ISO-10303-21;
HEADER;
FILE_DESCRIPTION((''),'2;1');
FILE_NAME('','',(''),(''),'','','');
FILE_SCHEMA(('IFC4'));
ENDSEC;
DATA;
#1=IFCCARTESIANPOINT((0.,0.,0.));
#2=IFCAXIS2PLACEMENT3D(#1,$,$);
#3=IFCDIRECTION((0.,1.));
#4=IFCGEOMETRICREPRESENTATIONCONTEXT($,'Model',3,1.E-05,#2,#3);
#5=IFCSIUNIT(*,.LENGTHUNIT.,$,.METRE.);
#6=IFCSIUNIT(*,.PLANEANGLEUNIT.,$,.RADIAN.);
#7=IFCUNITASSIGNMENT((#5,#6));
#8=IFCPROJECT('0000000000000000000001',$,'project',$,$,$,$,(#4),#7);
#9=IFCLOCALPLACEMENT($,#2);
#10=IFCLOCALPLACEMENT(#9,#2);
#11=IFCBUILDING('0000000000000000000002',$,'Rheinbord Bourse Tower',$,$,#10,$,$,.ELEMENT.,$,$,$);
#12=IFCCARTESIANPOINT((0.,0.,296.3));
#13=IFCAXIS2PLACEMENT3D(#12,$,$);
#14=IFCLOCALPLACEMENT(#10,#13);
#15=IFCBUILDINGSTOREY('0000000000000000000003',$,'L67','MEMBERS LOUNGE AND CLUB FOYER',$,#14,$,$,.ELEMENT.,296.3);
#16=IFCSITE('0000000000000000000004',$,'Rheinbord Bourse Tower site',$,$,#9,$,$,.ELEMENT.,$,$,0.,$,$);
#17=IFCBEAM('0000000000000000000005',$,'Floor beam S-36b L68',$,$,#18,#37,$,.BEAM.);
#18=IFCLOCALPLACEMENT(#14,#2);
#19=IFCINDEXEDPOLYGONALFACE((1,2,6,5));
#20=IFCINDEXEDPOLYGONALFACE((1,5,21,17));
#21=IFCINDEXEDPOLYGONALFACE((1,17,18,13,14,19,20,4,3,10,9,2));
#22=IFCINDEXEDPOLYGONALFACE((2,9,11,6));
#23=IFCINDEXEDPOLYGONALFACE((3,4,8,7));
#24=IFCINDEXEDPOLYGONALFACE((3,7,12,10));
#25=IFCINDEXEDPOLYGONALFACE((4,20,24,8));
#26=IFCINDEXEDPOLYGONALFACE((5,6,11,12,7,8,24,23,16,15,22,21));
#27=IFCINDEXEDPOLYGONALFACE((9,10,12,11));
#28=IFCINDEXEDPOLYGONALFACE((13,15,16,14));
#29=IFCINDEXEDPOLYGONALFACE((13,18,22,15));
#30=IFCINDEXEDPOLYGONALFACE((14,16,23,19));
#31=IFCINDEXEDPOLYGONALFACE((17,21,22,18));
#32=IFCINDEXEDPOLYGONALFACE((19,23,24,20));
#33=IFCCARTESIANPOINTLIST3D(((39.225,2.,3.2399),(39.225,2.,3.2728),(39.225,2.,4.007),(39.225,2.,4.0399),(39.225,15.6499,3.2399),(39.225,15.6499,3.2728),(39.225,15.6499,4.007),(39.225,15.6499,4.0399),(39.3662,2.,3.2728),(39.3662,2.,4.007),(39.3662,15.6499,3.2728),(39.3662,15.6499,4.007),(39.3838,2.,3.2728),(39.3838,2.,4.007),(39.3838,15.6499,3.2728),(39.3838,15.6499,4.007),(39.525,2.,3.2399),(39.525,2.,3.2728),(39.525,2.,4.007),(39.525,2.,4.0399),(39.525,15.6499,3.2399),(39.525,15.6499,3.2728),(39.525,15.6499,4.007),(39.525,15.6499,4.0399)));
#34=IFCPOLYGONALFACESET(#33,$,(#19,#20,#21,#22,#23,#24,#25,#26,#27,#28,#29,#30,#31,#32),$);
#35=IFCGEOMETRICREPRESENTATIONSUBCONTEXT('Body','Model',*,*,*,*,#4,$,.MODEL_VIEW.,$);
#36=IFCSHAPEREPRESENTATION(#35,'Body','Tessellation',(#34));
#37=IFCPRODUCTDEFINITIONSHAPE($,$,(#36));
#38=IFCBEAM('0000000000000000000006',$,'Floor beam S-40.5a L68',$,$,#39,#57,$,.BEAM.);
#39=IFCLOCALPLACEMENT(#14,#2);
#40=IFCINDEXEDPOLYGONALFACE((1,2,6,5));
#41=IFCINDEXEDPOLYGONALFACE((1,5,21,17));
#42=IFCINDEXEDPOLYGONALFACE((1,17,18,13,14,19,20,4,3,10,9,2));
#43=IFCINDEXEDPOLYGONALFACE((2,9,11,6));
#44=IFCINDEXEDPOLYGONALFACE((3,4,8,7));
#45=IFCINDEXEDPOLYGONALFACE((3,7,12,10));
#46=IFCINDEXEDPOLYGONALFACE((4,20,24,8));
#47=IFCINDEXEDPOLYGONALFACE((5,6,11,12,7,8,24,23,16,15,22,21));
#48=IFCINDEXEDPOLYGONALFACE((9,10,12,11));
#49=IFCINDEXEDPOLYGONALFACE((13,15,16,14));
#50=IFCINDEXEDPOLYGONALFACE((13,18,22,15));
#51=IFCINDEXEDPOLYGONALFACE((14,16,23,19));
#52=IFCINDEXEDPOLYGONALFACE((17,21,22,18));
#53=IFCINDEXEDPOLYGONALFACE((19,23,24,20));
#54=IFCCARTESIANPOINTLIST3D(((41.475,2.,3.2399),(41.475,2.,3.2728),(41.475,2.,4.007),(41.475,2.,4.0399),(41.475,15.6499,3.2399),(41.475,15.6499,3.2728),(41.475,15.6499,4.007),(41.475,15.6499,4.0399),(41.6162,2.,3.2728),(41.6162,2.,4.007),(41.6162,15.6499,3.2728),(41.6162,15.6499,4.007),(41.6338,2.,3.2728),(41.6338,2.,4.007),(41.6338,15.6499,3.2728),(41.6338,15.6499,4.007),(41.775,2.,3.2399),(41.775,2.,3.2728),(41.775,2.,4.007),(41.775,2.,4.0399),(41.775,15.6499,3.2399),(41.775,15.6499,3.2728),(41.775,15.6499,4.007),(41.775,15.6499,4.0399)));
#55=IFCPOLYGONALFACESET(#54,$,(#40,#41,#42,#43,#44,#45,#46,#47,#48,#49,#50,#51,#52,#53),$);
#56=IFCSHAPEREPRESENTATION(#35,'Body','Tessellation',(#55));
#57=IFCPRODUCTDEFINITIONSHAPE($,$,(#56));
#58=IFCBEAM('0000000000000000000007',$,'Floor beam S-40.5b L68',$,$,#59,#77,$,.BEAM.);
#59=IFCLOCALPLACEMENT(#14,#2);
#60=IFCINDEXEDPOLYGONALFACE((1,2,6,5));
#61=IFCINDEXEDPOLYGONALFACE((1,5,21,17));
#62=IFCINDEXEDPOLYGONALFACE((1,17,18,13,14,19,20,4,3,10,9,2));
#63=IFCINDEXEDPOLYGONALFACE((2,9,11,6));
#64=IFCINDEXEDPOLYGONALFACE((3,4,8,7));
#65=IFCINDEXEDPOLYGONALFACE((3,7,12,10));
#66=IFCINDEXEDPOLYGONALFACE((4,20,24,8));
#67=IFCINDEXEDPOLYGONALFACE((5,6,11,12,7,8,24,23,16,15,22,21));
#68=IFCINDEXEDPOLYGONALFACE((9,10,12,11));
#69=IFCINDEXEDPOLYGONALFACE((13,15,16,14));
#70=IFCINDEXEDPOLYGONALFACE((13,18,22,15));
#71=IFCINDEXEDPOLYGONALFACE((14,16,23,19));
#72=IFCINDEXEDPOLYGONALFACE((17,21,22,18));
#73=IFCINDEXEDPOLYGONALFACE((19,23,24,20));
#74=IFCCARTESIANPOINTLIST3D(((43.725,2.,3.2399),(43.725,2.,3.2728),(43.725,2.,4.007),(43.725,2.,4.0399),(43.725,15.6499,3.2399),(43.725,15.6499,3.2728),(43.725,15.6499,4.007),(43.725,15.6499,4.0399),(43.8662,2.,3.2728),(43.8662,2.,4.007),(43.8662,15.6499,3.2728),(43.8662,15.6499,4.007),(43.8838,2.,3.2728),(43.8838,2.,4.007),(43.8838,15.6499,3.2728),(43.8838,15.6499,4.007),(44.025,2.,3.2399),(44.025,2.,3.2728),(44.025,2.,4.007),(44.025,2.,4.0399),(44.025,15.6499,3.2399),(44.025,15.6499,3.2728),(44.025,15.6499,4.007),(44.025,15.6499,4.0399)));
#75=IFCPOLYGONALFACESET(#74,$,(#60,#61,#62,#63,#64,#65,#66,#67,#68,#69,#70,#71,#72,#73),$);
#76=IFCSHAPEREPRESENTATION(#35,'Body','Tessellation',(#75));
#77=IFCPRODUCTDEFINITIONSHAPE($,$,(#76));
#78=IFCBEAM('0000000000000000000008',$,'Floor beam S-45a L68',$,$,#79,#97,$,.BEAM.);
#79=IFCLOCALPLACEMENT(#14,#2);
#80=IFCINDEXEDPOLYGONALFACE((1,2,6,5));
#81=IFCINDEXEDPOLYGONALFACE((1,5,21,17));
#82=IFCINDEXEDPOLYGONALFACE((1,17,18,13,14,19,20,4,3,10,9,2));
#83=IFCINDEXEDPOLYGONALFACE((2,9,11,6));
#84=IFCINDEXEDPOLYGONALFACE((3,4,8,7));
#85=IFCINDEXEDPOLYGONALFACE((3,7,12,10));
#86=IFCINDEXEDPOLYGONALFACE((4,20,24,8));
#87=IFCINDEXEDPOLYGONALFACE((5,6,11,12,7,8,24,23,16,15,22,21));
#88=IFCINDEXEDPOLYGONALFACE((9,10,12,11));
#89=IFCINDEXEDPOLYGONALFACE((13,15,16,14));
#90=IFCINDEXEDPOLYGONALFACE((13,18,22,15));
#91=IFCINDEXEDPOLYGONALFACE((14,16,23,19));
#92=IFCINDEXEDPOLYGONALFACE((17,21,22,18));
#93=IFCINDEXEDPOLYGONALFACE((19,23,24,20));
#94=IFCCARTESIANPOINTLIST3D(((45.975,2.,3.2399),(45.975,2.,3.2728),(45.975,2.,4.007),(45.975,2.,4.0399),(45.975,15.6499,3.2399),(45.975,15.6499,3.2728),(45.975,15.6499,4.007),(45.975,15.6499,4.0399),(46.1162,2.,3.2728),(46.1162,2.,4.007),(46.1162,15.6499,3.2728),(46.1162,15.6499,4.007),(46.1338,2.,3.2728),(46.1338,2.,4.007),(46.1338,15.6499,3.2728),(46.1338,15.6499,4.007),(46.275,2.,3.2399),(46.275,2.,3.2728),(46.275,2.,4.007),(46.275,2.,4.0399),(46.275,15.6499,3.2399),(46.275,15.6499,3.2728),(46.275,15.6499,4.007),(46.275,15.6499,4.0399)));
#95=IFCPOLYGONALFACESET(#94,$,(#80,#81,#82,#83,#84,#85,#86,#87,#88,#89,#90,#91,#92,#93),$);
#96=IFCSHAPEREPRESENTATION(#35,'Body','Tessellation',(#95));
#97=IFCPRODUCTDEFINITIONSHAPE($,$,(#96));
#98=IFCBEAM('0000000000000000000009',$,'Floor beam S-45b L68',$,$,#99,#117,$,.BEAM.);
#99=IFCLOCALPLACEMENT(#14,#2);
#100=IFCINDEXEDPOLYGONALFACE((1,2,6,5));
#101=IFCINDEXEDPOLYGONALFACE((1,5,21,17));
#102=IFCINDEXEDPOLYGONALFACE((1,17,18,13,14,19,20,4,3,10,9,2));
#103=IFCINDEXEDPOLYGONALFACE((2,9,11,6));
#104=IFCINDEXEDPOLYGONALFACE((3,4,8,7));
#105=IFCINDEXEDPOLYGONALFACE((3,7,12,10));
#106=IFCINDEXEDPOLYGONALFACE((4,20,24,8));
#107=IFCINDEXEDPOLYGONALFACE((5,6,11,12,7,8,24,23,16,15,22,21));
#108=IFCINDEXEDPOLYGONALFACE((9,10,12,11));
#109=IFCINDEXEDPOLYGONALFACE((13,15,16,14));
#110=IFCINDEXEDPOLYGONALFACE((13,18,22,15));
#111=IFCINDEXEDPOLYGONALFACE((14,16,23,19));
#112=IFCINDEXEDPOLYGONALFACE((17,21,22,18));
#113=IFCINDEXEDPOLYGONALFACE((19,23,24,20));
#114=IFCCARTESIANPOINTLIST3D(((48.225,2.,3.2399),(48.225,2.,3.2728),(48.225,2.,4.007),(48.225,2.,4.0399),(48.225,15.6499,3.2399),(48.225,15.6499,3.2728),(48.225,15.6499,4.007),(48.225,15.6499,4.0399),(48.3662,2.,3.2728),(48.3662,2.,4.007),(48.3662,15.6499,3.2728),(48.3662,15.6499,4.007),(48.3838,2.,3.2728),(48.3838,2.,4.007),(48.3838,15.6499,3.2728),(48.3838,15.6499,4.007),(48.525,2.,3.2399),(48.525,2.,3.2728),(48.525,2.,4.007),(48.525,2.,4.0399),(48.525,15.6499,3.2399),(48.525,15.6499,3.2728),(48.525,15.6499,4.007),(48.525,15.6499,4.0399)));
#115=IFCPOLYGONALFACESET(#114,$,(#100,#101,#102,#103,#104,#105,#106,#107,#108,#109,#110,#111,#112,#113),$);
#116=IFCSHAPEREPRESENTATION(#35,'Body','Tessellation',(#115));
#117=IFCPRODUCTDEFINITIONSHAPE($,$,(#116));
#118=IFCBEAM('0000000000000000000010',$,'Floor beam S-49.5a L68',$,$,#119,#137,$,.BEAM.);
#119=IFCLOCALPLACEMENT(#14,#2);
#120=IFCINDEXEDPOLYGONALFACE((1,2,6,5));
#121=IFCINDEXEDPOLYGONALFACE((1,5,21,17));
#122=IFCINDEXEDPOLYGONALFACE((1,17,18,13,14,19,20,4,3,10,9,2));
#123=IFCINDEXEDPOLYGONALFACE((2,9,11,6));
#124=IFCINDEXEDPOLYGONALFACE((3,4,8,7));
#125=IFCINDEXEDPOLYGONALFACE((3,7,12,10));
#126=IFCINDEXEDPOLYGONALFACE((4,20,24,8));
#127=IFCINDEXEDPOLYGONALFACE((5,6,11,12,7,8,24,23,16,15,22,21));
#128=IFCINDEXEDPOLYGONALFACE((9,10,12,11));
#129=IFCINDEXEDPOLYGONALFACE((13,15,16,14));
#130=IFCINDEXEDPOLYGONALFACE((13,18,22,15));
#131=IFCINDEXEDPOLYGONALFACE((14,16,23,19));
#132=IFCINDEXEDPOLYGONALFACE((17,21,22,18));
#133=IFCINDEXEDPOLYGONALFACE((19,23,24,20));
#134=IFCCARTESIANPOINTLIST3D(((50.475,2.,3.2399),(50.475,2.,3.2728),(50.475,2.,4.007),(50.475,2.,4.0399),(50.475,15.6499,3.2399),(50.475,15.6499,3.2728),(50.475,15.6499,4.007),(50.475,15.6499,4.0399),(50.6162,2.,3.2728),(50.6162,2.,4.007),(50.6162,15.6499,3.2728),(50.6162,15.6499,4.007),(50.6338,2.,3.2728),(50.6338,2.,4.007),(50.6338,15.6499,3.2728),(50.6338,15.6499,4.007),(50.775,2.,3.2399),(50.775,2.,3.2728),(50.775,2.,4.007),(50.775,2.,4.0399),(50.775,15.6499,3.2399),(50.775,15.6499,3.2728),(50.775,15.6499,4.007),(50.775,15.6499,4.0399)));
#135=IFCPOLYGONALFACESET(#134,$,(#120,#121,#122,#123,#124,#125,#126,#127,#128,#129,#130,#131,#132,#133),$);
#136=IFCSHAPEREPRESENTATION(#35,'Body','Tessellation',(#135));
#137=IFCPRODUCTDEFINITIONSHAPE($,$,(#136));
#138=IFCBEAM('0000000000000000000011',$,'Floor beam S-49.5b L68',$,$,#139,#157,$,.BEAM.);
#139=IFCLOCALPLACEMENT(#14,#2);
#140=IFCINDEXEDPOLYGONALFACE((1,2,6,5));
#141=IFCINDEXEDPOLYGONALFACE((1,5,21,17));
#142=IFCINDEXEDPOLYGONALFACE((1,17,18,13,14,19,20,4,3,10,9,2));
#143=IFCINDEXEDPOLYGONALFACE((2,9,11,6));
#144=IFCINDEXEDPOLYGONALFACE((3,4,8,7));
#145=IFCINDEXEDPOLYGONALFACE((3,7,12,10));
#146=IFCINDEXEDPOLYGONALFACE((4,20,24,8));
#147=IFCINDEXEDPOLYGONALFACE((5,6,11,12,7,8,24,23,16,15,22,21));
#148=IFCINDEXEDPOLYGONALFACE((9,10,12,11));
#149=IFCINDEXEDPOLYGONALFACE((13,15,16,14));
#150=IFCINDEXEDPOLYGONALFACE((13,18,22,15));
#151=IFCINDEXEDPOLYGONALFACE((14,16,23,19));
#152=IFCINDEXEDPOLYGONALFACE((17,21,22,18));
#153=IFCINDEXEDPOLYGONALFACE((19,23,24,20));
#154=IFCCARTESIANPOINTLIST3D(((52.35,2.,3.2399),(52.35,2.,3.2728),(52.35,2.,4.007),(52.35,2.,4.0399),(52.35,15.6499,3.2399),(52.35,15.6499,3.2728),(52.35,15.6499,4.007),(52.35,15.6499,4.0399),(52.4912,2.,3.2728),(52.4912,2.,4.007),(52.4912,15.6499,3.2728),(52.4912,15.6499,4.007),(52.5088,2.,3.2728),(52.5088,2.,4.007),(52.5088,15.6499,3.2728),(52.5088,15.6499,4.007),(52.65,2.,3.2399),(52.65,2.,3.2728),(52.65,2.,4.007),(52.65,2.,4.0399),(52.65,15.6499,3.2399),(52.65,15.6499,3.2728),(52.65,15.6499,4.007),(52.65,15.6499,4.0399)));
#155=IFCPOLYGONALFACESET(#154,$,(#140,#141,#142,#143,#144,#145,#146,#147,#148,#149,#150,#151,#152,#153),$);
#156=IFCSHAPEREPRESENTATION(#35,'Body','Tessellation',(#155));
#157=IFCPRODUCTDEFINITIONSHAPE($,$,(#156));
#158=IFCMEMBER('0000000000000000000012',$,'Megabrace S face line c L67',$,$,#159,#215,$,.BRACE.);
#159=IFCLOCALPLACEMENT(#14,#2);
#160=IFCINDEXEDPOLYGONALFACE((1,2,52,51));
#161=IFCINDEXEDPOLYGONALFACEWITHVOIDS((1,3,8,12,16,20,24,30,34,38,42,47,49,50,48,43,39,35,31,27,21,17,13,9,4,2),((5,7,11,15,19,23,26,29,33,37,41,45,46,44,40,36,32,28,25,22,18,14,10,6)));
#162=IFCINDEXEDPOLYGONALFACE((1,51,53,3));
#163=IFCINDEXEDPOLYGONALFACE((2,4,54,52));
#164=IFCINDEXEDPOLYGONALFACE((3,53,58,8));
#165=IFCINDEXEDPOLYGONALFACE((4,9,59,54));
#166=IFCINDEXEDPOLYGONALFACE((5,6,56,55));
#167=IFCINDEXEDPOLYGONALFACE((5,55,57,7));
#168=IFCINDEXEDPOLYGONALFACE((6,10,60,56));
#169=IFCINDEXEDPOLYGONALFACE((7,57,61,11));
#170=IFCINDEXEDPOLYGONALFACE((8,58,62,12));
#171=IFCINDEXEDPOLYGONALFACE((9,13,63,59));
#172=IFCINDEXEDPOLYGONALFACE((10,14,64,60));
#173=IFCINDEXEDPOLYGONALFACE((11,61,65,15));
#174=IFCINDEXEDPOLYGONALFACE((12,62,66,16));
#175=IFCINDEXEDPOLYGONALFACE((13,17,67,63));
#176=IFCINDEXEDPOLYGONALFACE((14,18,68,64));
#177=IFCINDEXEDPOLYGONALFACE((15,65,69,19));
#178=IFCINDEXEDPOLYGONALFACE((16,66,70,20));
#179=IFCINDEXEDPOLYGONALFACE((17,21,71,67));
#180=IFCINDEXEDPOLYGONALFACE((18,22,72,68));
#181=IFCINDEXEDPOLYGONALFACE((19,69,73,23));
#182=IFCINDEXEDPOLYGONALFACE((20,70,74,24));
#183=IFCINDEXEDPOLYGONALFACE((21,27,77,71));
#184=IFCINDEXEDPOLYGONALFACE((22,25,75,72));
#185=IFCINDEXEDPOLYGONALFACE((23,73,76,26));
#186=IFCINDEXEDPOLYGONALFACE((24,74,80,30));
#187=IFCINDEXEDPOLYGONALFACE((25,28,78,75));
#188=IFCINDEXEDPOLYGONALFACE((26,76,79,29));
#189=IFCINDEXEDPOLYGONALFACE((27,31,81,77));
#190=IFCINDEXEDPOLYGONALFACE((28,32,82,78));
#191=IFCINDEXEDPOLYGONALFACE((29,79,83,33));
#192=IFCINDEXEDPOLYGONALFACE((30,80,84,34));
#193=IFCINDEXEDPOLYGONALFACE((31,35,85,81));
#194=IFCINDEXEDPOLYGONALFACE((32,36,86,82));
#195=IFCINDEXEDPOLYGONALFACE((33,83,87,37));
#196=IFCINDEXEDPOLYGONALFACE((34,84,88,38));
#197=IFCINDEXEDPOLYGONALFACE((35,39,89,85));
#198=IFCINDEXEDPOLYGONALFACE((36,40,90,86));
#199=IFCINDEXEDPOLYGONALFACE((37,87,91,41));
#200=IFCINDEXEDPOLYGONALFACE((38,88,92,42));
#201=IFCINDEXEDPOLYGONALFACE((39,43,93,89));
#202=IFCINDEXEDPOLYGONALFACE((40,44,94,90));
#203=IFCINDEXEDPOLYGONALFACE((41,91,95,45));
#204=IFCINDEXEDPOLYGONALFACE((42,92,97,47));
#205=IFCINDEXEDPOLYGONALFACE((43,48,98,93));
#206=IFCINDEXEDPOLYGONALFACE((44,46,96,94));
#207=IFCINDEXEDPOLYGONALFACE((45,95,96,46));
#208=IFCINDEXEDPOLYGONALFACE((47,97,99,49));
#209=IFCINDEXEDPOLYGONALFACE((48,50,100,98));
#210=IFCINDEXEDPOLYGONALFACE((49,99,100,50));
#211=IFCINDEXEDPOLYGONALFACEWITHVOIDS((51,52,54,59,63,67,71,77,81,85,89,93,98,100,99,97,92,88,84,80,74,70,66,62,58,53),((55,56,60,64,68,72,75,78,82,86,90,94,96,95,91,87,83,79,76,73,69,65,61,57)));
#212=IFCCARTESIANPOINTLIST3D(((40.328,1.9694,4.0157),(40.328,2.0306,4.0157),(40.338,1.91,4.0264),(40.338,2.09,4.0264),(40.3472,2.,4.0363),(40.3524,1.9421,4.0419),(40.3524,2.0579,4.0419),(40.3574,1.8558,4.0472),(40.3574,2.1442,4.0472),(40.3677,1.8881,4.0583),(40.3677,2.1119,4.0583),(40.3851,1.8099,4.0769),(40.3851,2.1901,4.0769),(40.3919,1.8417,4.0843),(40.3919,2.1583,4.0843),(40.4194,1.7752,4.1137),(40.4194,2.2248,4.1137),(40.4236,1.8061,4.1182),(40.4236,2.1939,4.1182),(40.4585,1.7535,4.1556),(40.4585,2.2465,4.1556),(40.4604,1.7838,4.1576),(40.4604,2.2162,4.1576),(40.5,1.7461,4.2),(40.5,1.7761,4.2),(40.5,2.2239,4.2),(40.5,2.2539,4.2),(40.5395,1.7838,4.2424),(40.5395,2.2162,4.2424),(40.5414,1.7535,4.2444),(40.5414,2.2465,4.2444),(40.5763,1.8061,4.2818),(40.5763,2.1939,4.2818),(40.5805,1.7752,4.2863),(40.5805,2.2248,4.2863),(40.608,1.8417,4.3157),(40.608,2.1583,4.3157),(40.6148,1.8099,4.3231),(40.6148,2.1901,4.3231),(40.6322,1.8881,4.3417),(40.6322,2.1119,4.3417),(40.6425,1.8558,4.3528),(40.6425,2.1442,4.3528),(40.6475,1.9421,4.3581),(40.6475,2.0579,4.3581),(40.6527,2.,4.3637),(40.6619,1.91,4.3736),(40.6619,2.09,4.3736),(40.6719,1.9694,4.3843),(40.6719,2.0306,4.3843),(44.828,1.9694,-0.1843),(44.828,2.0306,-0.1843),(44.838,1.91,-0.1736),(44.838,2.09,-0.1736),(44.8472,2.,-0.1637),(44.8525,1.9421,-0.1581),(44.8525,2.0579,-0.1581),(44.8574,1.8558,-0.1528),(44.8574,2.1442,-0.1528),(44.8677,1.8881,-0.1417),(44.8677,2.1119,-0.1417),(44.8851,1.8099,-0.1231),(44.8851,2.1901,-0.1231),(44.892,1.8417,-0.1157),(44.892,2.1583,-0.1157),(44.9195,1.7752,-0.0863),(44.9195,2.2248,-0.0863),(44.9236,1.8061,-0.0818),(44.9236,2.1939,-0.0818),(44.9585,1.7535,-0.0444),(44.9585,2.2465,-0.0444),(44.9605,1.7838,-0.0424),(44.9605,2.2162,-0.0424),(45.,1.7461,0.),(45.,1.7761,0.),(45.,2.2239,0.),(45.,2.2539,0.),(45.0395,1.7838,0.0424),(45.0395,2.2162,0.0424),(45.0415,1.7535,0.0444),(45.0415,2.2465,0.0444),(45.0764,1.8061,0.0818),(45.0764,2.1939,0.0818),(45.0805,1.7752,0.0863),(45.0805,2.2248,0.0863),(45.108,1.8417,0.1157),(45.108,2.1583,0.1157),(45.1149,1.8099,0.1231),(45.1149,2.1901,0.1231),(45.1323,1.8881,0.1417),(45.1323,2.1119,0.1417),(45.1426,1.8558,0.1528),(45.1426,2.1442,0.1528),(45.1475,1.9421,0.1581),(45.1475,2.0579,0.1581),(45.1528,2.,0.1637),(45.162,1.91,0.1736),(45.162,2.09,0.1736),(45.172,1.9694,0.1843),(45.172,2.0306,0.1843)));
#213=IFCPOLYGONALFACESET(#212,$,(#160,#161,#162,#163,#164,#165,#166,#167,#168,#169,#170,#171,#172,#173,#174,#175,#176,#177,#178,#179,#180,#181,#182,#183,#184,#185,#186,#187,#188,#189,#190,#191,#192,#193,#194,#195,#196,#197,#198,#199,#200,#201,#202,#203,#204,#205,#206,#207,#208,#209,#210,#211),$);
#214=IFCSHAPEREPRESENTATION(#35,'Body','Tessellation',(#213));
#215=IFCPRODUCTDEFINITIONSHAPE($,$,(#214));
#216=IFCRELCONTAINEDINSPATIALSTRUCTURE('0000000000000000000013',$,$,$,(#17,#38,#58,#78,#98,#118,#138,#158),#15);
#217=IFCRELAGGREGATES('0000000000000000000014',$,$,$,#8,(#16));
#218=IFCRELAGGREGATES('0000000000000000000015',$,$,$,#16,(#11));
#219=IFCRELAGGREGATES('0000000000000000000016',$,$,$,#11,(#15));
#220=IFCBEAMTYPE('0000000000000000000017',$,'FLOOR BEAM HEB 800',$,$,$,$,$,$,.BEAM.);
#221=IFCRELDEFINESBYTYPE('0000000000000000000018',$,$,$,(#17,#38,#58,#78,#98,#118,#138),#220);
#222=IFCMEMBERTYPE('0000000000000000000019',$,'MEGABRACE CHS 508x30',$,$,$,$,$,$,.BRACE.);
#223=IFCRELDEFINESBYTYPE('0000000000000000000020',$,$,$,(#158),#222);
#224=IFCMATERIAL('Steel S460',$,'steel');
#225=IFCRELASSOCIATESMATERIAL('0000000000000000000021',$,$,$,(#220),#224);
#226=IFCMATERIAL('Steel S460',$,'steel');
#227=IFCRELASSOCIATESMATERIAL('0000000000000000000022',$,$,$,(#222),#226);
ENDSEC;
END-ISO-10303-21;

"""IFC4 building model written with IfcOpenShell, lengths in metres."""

from ifc_helpers import new_model, si_unit, direction, frame, origin, origin_2d, place, context, subcontext, project, spatial, hollow_circle, i_section, extrude, material, material_profile, profile_set, type_object, element, save


model = new_model("IFC4")

# Units and contexts
model_context = context("Model", 3, precision=1e-05, world=origin(), true_north=direction((0.0, 1.0)))
body_context = subcontext(model_context, "Body", "Model", "MODEL_VIEW")
ifc_project = project(units=[si_unit("LENGTHUNIT", "METRE"), si_unit("PLANEANGLEUNIT", "RADIAN")], contexts=[model_context])

# Site, building, storey
site_placement = place(None, origin())
site = spatial("IfcSite", under=ifc_project, at=site_placement, Name="Rheinbord Bourse Tower site", CompositionType="ELEMENT", RefElevation=0.0)
building_placement = place(site_placement, origin())
building = spatial("IfcBuilding", under=site, at=building_placement, Name="Rheinbord Bourse Tower", CompositionType="ELEMENT")
storey_placement = place(building_placement, frame((0.0, 0.0, 296.3)))
storey = spatial("IfcBuildingStorey", under=building, at=storey_placement, Name="L67", Description="MEMBERS LOUNGE AND CLUB FOYER", CompositionType="ELEMENT", Elevation=296.3)

# Beams
ifc_material_1 = material(Name="Steel S460", Category="steel")
ifc_material_profile_1 = material_profile(ifc_material_1, i_section(OverallWidth=0.3, OverallDepth=0.8, WebThickness=0.0176, FlangeThickness=0.033, at=origin_2d()), Name="HEB 800")
ifc_profile_set_1 = profile_set([ifc_material_profile_1], Name="Steel S460")
beam_type_1 = type_object("IfcBeamType", Name="FLOOR BEAM HEB 800", PredefinedType="BEAM", material=ifc_profile_set_1)
for number, where, z_axis, x_axis, name in (
    (1, (39.375, 2.0, 3.6399), (0.0, 1.0, 0.0), (-1.0, 0.0, 0.0), "Floor beam S-36b L68"),
    (2, (41.625, 2.0, 3.6399), (0.0, 1.0, 0.0), (-1.0, 0.0, 0.0), "Floor beam S-40.5a L68"),
    (3, (43.875, 2.0, 3.6399), (0.0, 1.0, 0.0), (-1.0, 0.0, 0.0), "Floor beam S-40.5b L68"),
    (4, (46.125, 2.0, 3.6399), (0.0, 1.0, 0.0), (-1.0, 0.0, 0.0), "Floor beam S-45a L68"),
    (5, (48.375, 2.0, 3.6399), (0.0, 1.0, 0.0), (-1.0, 0.0, 0.0), "Floor beam S-45b L68"),
    (6, (50.625, 2.0, 3.6399), (0.0, 1.0, 0.0), (-1.0, 0.0, 0.0), "Floor beam S-49.5a L68"),
    (7, (52.5, 2.0, 3.6399), (0.0, 1.0, 0.0), (-1.0, 0.0, 0.0), "Floor beam S-49.5b L68"),
):
    element("IfcBeam", number, at=place(storey_placement, frame(where, z_axis=z_axis, x_axis=x_axis)), inside=storey, type_object=beam_type_1, Name=name, PredefinedType="BEAM", context=body_context, shape_type="SweptSolid", body=[
        extrude(i_section(OverallWidth=0.3, OverallDepth=0.8, WebThickness=0.0176, FlangeThickness=0.033, at=origin_2d()), origin(), (0.0, 0.0, 1.0), 13.6499),
    ])

# Member
ifc_material_2 = material(Name="Steel S460", Category="steel")
ifc_material_profile_2 = material_profile(ifc_material_2, hollow_circle(Radius=0.2539, WallThickness=0.03, at=origin_2d()), Name="CHS 508x30")
ifc_profile_set_2 = profile_set([ifc_material_profile_2], Name="Steel S460")
member_type_1 = type_object("IfcMemberType", Name="MEGABRACE CHS 508x30", PredefinedType="BRACE", material=ifc_profile_set_2)
member_1_placement = place(storey_placement, frame((45.0, 2.0, 0.0), z_axis=(-0.731059, 0.0, 0.682314), x_axis=(0.0, -1.0, 0.0)))
element("IfcMember", 8, at=member_1_placement, inside=storey, type_object=member_type_1, Name="Megabrace S face line c L67", PredefinedType="BRACE", context=body_context, shape_type="SweptSolid", body=[
    extrude(hollow_circle(Radius=0.2539, WallThickness=0.03, at=origin_2d()), origin(), (0.0, 0.0, 1.0), 6.1555),
])

save(model, "model.ifc")
